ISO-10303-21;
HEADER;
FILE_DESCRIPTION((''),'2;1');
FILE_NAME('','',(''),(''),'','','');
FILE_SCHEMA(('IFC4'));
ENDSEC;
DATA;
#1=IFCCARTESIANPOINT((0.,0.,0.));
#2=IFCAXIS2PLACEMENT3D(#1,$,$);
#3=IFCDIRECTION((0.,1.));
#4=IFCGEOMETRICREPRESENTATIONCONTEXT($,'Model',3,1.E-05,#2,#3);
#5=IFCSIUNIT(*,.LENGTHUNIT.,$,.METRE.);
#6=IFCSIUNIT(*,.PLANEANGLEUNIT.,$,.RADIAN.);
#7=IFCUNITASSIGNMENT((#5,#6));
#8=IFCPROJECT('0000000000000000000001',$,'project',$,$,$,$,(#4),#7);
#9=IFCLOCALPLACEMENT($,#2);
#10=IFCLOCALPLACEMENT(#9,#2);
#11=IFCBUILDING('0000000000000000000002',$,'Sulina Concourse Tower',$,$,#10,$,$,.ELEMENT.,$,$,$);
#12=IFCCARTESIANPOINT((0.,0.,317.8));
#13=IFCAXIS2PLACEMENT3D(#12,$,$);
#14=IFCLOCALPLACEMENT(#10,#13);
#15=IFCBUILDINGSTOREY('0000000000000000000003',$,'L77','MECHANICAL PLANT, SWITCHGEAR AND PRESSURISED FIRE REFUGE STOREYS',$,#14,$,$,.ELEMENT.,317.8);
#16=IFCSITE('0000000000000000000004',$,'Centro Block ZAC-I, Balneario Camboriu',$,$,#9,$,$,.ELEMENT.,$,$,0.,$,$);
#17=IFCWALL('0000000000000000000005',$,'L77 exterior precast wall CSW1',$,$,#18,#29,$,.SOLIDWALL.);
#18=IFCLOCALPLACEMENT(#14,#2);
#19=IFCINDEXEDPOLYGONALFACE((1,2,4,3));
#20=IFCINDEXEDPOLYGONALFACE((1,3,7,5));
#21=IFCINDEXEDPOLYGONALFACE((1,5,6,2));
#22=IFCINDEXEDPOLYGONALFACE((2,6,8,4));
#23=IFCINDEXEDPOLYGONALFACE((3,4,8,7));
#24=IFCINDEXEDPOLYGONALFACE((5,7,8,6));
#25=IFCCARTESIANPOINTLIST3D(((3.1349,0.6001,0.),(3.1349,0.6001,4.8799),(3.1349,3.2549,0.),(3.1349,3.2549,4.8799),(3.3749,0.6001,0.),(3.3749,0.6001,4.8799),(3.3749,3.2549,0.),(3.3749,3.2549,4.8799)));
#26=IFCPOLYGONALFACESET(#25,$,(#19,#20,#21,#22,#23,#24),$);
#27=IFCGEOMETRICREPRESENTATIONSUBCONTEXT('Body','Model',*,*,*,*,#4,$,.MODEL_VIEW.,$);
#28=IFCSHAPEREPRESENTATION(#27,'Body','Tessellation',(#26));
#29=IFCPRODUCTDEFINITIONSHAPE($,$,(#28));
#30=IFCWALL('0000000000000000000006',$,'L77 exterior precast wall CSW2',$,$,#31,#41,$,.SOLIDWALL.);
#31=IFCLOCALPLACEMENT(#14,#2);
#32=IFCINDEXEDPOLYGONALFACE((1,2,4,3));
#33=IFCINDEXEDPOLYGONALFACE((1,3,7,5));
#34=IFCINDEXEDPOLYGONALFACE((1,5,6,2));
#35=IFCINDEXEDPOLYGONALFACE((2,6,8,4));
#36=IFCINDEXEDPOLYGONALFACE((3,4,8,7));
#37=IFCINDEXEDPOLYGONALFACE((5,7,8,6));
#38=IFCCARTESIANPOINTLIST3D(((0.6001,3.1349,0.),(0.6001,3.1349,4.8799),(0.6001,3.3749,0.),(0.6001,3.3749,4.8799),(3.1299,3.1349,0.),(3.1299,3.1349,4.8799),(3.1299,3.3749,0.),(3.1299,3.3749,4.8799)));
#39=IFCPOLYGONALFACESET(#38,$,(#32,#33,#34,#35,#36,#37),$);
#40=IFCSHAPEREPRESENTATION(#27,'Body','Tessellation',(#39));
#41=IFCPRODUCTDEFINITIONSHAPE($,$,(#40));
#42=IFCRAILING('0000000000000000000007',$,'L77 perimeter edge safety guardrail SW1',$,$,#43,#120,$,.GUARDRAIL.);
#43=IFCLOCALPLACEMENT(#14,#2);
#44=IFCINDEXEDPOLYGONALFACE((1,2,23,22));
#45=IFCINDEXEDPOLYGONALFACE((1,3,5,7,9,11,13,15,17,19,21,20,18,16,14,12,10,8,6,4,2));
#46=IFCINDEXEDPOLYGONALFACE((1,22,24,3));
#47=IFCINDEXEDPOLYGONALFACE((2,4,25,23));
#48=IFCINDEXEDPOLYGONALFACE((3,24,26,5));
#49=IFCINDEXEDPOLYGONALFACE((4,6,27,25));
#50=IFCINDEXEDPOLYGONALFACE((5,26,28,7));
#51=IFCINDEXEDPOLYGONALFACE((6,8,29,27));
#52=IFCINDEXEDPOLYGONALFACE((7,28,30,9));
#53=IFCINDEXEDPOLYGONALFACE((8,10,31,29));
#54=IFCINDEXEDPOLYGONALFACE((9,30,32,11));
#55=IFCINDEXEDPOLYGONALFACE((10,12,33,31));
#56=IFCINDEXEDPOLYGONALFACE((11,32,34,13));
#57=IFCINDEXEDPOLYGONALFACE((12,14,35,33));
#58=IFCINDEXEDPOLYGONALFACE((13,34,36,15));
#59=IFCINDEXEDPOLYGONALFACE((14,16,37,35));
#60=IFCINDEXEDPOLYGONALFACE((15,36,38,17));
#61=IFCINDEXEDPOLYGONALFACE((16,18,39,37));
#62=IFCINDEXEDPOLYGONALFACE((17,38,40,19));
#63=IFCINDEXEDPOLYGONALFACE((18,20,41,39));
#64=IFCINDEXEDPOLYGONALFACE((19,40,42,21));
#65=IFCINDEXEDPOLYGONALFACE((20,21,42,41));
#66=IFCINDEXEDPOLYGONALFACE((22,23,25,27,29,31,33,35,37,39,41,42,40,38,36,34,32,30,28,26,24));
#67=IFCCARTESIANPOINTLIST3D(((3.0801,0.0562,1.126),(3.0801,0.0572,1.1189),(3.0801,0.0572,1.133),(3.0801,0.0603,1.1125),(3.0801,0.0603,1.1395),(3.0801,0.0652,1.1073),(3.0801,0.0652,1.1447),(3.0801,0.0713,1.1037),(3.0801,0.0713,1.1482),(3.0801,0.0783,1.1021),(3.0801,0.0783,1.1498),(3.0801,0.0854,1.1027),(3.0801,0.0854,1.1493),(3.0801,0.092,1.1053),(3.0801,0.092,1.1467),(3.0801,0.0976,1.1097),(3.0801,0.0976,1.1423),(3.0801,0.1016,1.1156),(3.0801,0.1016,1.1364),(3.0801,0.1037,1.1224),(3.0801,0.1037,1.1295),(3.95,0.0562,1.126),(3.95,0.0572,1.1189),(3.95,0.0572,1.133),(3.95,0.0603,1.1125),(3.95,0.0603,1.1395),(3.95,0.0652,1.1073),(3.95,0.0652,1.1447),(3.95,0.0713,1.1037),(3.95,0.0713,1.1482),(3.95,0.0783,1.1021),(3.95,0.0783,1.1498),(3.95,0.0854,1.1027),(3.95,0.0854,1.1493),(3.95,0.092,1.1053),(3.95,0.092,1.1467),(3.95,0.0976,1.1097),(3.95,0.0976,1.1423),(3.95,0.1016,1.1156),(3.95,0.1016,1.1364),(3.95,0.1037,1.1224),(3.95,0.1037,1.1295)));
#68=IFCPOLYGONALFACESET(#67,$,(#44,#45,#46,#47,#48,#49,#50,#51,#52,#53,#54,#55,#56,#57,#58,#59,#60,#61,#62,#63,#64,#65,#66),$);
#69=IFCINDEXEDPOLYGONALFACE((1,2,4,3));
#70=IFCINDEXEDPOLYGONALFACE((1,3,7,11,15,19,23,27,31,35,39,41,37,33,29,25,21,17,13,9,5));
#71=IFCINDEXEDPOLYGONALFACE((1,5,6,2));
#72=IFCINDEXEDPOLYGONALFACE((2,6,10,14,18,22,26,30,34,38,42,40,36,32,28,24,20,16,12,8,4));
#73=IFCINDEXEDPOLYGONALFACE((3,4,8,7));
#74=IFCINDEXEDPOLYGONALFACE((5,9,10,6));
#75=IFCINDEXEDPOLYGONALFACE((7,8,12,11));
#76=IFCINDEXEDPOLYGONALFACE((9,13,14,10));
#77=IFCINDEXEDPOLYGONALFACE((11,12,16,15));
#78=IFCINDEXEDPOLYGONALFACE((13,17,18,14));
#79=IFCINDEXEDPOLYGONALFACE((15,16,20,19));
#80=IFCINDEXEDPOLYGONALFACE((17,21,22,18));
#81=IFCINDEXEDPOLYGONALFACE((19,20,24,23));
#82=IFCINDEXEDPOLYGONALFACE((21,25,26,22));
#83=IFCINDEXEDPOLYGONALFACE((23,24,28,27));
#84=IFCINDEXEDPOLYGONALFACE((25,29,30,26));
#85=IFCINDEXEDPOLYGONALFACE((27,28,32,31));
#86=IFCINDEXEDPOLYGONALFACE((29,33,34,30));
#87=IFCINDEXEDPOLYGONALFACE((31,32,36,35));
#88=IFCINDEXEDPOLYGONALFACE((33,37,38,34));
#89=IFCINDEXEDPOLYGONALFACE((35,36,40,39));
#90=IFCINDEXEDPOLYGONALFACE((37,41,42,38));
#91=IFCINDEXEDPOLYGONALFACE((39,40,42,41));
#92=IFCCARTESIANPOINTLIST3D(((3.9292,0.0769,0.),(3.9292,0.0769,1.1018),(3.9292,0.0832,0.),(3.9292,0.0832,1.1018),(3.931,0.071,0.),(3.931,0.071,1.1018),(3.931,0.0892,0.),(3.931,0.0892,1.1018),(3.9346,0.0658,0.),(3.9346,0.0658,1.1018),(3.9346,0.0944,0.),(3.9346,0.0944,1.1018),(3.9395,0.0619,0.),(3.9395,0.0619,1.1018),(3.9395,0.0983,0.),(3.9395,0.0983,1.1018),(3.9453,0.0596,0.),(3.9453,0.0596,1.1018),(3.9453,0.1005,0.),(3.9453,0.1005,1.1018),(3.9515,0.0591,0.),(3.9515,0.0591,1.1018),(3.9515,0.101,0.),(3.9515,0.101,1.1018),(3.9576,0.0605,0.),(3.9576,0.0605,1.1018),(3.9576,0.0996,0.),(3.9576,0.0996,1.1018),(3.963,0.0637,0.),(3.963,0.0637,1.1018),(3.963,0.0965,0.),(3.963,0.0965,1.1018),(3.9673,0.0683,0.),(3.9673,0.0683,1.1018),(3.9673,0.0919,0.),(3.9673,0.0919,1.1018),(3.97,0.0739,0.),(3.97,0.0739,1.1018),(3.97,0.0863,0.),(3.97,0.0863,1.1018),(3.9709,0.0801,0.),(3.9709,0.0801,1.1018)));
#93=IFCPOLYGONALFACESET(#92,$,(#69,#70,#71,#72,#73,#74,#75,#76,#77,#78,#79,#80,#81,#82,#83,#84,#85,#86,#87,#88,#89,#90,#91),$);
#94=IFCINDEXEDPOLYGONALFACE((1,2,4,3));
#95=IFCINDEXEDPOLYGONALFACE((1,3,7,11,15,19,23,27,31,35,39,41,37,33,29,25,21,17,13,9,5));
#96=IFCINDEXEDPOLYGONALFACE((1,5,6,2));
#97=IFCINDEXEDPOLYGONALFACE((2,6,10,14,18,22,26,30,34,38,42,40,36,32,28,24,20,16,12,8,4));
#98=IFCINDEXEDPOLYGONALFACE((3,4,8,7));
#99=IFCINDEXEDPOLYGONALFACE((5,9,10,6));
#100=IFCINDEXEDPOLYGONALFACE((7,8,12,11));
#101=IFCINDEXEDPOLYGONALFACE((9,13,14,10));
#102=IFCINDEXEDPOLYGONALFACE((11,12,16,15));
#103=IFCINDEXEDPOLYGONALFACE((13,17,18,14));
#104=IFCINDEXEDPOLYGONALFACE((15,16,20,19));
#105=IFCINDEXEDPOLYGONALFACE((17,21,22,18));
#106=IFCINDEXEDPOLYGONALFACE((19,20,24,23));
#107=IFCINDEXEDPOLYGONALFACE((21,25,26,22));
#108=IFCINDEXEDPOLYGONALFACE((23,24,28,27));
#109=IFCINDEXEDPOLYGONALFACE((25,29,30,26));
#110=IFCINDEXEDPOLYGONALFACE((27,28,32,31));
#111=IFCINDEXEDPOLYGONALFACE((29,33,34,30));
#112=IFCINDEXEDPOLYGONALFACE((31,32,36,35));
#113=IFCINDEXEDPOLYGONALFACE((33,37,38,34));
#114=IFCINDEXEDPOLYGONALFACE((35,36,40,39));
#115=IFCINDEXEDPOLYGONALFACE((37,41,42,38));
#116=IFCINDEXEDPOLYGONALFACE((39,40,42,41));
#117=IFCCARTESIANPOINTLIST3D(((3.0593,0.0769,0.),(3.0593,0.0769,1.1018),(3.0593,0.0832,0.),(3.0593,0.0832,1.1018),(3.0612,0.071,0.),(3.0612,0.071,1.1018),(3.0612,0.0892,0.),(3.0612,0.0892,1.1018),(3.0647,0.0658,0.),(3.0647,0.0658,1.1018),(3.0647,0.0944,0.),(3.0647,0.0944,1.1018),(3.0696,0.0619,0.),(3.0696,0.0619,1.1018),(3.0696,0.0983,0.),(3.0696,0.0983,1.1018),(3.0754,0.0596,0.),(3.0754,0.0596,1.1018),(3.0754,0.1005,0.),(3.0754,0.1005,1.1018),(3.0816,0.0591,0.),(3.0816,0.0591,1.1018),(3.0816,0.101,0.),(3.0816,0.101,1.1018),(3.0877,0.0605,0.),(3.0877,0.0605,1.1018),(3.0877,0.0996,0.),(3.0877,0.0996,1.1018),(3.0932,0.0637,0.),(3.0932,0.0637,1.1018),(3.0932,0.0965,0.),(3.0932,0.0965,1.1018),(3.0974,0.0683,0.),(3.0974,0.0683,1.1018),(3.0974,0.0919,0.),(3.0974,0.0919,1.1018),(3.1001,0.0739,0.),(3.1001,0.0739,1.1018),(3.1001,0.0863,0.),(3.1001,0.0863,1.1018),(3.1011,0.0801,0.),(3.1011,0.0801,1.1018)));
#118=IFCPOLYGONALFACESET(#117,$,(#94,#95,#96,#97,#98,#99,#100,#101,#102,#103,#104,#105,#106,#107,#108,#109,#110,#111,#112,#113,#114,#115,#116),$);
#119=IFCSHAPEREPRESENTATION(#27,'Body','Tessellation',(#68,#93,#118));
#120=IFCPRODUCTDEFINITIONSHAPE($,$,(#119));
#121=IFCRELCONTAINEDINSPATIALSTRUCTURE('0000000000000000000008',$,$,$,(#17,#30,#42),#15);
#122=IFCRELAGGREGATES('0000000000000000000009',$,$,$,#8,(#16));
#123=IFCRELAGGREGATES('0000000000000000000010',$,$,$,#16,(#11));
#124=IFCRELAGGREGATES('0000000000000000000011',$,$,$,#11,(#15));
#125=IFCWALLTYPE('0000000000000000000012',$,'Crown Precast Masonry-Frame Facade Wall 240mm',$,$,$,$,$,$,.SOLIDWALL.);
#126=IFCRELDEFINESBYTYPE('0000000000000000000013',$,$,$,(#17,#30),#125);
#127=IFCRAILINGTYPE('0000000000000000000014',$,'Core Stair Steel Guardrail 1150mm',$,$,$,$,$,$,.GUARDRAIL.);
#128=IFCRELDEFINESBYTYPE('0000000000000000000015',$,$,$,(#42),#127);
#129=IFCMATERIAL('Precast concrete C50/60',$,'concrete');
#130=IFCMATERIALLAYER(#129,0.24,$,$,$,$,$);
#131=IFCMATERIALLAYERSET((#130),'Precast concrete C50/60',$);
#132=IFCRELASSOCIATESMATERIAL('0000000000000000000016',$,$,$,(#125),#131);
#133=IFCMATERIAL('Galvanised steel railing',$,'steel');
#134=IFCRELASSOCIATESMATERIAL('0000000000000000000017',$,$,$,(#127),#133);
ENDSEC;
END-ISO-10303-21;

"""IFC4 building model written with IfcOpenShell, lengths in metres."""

from ifc_helpers import new_model, si_unit, direction, frame, frame_2d, origin, origin_2d, place, context, subcontext, project, spatial, rectangle, circle, extrude, material, layer, layer_set, type_object, element, save


model = new_model("IFC4")

# Units and contexts
model_context = context("Model", 3, precision=1e-05, world=origin(), true_north=direction((0.0, 1.0)))
body_context = subcontext(model_context, "Body", "Model", "MODEL_VIEW")
ifc_project = project(units=[si_unit("LENGTHUNIT", "METRE"), si_unit("PLANEANGLEUNIT", "RADIAN")], contexts=[model_context])

# Site, building, storey
site_placement = place(None, origin())
site = spatial("IfcSite", under=ifc_project, at=site_placement, Name="Centro Block ZAC-I, Balneario Camboriu", CompositionType="ELEMENT", RefElevation=0.0)
building_placement = place(site_placement, origin())
building = spatial("IfcBuilding", under=site, at=building_placement, Name="Sulina Concourse Tower", CompositionType="ELEMENT")
storey_placement = place(building_placement, frame((0.0, 0.0, 317.8)))
storey = spatial("IfcBuildingStorey", under=building, at=storey_placement, Name="L77", Description="MECHANICAL PLANT, SWITCHGEAR AND PRESSURISED FIRE REFUGE STOREYS", CompositionType="ELEMENT", Elevation=317.8)

# Walls
ifc_material_1 = material(Name="Precast concrete C50/60", Category="concrete")
ifc_layer_1 = layer(ifc_material_1, 0.24)
ifc_layer_set_1 = layer_set([ifc_layer_1], Name="Precast concrete C50/60")
wall_type = type_object("IfcWallType", Name="Crown Precast Masonry-Frame Facade Wall 240mm", PredefinedType="SOLIDWALL", material=ifc_layer_set_1)
wall_1_placement = place(storey_placement, frame((3.2549, 0.6001, 0.0), z_axis=(0.0, 0.0, 1.0), x_axis=(0.0, 1.0, 0.0)))
element("IfcWall", 1, at=wall_1_placement, inside=storey, type_object=wall_type, Name="L77 exterior precast wall CSW1", PredefinedType="SOLIDWALL", context=body_context, shape_type="SweptSolid", body=[
    extrude(rectangle(XDim=2.6548, YDim=0.24, at=frame_2d((1.3274, 0.0))), origin(), (0.0, 0.0, 1.0), 4.8799),
])
wall_2_placement = place(storey_placement, frame((3.1299, 3.2549, 0.0), z_axis=(0.0, 0.0, 1.0), x_axis=(-1.0, 0.0, 0.0)))
element("IfcWall", 2, at=wall_2_placement, inside=storey, type_object=wall_type, Name="L77 exterior precast wall CSW2", PredefinedType="SOLIDWALL", context=body_context, shape_type="SweptSolid", body=[
    extrude(rectangle(XDim=2.5298, YDim=0.24, at=frame_2d((1.2649, 0.0))), origin(), (0.0, 0.0, 1.0), 4.8799),
])

# Railing
ifc_material_2 = material(Name="Galvanised steel railing", Category="steel")
railing_type = type_object("IfcRailingType", Name="Core Stair Steel Guardrail 1150mm", PredefinedType="GUARDRAIL", material=ifc_material_2)
railing_1_placement = place(storey_placement, frame((3.95, 0.0801, 0.0)))
element("IfcRailing", 3, at=railing_1_placement, inside=storey, type_object=railing_type, Name="L77 perimeter edge safety guardrail SW1", PredefinedType="GUARDRAIL", context=body_context, shape_type="SweptSolid", body=[
    extrude(circle(Radius=0.0239, at=origin_2d()), frame((0.0, 0.0, 1.126), z_axis=(-1.0, 0.0, 0.0), x_axis=(0.0, -1.0, 0.0)), (0.0, 0.0, 1.0), 0.8699),
    extrude(circle(Radius=0.021, at=origin_2d()), origin(), (0.0, 0.0, 1.0), 1.1018),
    extrude(circle(Radius=0.021, at=origin_2d()), frame((-0.8699, 0.0, 0.0)), (0.0, 0.0, 1.0), 1.1018),
])

save(model, "model.ifc")
